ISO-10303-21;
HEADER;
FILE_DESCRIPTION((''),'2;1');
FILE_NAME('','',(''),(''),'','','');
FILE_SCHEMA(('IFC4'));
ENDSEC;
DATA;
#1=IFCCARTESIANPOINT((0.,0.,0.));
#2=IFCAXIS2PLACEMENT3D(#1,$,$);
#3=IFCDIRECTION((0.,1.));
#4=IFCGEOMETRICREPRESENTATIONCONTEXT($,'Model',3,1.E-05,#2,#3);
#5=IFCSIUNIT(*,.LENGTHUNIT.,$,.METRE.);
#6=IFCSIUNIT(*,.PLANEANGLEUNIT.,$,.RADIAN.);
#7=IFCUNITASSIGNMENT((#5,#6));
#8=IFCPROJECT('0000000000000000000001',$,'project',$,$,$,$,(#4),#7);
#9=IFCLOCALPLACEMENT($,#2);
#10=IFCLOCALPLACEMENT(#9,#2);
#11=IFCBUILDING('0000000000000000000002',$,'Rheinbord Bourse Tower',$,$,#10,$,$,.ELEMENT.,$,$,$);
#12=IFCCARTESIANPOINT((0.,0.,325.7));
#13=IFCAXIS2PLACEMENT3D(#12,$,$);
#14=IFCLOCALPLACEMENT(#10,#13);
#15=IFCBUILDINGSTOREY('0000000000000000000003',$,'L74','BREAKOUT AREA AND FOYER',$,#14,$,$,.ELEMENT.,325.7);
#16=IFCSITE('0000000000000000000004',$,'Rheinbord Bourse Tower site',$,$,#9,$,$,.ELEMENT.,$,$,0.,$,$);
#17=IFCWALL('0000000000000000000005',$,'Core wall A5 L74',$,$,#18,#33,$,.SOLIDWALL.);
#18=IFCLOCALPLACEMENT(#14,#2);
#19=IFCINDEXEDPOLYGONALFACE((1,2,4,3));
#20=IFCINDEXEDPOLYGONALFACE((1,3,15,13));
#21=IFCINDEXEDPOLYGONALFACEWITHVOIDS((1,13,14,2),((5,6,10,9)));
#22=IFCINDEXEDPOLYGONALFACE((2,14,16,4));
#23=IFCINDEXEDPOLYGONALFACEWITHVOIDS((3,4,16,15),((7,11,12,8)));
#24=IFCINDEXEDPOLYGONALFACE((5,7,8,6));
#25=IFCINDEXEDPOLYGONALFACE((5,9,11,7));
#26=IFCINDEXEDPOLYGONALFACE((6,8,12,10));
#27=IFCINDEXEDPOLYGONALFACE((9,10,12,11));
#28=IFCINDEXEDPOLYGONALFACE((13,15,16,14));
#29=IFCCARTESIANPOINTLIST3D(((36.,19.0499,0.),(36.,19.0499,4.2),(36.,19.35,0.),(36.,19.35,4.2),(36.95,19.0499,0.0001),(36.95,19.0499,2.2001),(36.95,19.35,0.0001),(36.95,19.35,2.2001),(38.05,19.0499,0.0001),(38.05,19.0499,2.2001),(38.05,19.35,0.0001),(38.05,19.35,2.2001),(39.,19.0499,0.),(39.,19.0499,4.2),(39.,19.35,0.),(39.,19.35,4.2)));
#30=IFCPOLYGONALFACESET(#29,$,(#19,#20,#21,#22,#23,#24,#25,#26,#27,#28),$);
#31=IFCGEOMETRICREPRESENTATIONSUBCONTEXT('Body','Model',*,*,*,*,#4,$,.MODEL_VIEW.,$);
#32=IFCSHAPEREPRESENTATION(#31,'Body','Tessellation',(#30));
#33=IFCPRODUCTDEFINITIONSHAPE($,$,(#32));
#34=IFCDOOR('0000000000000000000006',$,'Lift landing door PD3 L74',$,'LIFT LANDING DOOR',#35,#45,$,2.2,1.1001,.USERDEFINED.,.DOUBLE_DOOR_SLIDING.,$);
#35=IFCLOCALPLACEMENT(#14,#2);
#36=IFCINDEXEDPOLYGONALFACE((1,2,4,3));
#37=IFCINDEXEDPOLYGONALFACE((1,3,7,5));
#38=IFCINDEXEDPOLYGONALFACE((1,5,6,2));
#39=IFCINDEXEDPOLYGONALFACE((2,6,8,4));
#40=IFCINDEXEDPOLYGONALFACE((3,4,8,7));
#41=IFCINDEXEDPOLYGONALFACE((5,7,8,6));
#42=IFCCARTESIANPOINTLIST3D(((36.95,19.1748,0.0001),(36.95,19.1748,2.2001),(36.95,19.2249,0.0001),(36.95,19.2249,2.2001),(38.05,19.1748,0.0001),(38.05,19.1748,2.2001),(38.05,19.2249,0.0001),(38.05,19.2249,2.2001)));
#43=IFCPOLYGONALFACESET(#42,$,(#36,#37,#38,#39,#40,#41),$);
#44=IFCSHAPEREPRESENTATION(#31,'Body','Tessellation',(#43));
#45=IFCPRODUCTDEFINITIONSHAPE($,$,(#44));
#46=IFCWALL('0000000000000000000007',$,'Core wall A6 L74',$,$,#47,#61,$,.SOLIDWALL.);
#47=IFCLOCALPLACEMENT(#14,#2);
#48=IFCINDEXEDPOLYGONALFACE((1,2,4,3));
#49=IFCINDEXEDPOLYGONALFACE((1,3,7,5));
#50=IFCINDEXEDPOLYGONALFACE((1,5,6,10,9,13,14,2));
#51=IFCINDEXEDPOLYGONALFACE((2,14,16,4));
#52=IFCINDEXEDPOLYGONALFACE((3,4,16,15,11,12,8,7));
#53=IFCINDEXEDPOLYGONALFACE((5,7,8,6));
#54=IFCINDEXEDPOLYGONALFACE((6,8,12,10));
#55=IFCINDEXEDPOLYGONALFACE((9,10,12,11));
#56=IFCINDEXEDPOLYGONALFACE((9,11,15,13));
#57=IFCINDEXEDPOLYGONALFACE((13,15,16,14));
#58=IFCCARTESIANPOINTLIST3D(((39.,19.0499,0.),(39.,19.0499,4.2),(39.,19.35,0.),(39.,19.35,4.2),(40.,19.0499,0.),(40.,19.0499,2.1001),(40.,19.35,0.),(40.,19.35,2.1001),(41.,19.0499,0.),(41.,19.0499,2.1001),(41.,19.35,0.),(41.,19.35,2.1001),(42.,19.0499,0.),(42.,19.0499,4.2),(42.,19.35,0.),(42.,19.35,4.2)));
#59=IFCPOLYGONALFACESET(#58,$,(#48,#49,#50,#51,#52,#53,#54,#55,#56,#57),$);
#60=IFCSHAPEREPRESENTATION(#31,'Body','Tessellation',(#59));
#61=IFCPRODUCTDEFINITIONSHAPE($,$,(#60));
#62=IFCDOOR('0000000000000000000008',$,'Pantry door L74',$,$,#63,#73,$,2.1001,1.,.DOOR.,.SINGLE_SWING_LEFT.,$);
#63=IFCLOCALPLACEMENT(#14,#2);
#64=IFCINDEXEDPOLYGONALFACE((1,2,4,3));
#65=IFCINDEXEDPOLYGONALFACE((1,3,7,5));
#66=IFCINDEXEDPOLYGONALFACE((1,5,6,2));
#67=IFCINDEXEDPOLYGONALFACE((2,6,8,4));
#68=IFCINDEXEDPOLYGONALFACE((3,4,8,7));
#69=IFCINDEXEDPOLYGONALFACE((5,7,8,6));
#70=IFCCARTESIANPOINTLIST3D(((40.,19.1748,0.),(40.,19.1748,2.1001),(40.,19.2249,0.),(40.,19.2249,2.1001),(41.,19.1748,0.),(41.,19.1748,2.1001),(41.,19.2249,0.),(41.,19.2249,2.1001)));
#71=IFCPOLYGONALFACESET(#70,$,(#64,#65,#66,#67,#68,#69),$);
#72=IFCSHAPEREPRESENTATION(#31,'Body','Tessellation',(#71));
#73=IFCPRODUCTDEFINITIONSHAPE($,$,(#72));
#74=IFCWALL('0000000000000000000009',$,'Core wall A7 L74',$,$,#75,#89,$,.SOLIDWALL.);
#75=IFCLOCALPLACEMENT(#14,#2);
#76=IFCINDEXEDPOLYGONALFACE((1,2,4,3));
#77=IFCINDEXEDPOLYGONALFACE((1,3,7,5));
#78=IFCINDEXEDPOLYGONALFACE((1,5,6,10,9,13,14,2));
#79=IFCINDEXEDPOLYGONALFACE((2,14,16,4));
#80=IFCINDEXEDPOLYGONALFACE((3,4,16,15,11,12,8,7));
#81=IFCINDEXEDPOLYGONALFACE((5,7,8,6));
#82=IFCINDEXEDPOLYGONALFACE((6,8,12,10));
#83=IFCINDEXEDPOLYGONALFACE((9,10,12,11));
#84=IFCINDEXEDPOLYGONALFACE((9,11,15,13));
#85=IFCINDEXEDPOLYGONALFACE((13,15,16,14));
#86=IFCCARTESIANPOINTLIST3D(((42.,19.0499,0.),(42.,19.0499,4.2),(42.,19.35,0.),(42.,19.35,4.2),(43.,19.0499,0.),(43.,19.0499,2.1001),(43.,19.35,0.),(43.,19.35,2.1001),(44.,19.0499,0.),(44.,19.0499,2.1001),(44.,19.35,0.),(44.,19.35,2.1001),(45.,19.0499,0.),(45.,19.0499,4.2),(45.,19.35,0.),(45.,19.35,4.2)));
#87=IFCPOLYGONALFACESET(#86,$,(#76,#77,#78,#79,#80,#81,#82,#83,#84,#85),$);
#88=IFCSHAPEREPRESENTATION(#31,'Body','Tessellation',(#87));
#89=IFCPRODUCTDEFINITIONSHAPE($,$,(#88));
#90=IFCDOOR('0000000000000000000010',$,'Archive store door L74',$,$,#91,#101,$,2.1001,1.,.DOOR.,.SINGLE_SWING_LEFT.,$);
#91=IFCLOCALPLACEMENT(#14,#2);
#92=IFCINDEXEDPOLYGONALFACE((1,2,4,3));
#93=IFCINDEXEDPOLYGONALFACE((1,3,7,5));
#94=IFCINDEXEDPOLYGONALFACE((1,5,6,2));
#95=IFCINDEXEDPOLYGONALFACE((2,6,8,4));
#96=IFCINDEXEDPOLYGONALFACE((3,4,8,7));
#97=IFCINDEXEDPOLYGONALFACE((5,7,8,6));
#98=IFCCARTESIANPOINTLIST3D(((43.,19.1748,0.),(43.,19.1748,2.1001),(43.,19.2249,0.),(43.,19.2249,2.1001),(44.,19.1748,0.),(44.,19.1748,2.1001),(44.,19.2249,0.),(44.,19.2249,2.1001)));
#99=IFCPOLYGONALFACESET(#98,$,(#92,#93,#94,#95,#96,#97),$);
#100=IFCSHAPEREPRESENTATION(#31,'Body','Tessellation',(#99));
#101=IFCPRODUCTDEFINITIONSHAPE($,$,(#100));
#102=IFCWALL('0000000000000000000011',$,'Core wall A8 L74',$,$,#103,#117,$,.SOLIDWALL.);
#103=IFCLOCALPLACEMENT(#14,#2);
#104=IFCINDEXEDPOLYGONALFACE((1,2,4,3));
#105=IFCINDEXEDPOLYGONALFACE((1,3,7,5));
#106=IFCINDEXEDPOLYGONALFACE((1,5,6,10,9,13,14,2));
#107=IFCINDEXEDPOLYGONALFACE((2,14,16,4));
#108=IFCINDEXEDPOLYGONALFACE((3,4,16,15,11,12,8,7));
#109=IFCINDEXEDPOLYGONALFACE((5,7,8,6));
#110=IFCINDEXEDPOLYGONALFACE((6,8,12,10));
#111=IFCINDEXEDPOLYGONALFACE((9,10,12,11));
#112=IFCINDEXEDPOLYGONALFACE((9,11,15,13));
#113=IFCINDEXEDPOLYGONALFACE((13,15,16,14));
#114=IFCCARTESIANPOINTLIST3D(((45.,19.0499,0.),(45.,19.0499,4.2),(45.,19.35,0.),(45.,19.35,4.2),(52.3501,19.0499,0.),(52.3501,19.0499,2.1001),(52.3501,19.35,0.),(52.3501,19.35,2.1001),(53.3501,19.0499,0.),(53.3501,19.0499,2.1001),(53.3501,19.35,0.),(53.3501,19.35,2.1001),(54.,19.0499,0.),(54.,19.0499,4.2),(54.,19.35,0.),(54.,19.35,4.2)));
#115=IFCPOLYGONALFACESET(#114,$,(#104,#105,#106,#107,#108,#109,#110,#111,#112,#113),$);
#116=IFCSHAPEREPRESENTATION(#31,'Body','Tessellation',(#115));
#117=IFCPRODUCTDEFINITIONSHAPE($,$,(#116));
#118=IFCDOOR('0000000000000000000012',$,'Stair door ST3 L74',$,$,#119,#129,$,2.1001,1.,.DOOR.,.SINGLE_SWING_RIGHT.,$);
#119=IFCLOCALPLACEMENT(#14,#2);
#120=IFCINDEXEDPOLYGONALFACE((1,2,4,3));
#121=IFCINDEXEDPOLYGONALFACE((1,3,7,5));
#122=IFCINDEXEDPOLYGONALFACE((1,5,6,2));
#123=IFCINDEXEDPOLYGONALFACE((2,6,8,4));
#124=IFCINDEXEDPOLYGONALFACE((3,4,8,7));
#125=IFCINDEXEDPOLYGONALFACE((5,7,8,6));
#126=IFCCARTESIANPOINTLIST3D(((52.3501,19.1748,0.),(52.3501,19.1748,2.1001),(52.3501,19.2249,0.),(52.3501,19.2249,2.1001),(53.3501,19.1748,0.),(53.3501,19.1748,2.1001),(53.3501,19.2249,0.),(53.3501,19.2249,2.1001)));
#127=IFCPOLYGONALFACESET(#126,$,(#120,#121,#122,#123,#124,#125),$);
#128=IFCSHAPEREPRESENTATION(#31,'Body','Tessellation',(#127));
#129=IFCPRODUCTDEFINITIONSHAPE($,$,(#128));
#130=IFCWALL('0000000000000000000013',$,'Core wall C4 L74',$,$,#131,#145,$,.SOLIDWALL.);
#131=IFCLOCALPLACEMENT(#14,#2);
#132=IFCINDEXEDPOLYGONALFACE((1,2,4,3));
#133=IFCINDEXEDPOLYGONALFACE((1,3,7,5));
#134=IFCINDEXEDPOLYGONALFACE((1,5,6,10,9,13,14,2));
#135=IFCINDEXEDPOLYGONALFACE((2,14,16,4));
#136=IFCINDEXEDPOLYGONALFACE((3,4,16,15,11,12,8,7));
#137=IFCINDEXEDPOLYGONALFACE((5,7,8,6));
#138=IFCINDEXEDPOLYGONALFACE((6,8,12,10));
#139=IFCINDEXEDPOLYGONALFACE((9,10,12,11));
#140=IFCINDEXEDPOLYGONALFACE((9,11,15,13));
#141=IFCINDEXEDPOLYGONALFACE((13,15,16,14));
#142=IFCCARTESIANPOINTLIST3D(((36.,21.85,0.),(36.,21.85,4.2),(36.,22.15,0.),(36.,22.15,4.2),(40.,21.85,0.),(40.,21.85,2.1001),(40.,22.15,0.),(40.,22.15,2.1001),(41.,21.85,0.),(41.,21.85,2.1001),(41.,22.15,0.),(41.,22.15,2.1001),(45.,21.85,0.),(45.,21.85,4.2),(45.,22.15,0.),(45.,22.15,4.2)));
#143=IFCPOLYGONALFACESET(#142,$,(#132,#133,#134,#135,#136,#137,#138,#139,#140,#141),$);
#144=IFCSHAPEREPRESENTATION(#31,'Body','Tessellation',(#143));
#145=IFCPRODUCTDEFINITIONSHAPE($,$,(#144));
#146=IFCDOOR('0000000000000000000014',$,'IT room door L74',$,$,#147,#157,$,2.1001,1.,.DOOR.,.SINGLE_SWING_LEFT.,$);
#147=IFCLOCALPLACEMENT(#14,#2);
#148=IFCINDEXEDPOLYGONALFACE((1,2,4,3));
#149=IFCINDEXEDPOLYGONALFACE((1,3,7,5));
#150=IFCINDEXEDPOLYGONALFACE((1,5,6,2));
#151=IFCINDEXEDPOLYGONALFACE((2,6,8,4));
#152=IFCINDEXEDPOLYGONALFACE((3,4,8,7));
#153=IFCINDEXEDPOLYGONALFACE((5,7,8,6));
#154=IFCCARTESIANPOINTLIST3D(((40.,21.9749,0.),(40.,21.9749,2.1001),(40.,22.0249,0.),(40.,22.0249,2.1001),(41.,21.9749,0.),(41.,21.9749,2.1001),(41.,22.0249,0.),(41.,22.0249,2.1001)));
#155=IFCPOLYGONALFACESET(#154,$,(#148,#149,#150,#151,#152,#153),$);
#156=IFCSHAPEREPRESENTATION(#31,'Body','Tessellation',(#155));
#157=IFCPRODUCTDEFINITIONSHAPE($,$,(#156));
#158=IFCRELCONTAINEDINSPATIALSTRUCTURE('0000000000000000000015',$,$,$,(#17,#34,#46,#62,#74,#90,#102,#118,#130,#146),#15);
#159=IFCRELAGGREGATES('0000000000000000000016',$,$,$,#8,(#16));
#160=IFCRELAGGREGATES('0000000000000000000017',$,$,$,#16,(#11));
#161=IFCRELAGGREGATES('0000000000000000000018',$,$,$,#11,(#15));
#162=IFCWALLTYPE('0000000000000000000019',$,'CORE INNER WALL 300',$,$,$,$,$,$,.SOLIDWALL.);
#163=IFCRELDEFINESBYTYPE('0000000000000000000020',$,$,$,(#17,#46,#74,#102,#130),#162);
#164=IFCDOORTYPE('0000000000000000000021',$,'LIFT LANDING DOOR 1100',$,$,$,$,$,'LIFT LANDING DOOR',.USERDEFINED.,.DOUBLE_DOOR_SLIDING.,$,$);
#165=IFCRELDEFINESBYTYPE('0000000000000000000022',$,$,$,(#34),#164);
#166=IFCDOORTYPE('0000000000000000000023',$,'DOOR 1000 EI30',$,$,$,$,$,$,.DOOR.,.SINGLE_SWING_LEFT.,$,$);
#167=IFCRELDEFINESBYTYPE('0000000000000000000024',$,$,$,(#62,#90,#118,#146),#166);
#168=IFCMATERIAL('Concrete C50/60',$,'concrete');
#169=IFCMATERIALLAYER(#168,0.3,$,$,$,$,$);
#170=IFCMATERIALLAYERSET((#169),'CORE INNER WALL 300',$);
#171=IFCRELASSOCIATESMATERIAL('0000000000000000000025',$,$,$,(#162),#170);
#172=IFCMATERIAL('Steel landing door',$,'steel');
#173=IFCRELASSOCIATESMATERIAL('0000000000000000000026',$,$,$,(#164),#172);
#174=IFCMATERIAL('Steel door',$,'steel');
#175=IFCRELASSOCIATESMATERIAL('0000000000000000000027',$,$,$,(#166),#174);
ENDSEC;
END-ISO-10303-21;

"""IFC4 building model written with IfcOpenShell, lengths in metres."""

from ifc_helpers import new_model, si_unit, direction, frame, frame_2d, origin, place, context, subcontext, project, spatial, rectangle, extrude, material, layer, layer_set, type_object, element, fill, save


model = new_model("IFC4")

# Units and contexts
model_context = context("Model", 3, precision=1e-05, world=origin(), true_north=direction((0.0, 1.0)))
body_context = subcontext(model_context, "Body", "Model", "MODEL_VIEW")
ifc_project = project(units=[si_unit("LENGTHUNIT", "METRE"), si_unit("PLANEANGLEUNIT", "RADIAN")], contexts=[model_context])

# Site, building, storey
site_placement = place(None, origin())
site = spatial("IfcSite", under=ifc_project, at=site_placement, Name="Rheinbord Bourse Tower site", CompositionType="ELEMENT", RefElevation=0.0)
building_placement = place(site_placement, origin())
building = spatial("IfcBuilding", under=site, at=building_placement, Name="Rheinbord Bourse Tower", CompositionType="ELEMENT")
storey_placement = place(building_placement, frame((0.0, 0.0, 325.7)))
storey = spatial("IfcBuildingStorey", under=building, at=storey_placement, Name="L74", Description="BREAKOUT AREA AND FOYER", CompositionType="ELEMENT", Elevation=325.7)

# Walls, openings, doors
ifc_material_1 = material(Name="Concrete C50/60", Category="concrete")
ifc_layer_1 = layer(ifc_material_1, 0.3)
ifc_layer_set_1 = layer_set([ifc_layer_1], Name="CORE INNER WALL 300")
wall_type_1 = type_object("IfcWallType", Name="CORE INNER WALL 300", PredefinedType="SOLIDWALL", material=ifc_layer_set_1)
wall_1_placement = place(storey_placement, frame((36.0, 19.2, 0.0), z_axis=(0.0, 0.0, 1.0), x_axis=(1.0, 0.0, 0.0)))
wall_1 = element("IfcWall", 1, at=wall_1_placement, inside=storey, type_object=wall_type_1, Name="Core wall A5 L74", PredefinedType="SOLIDWALL", context=body_context, shape_type="SweptSolid", body=[
    extrude(rectangle(XDim=3.0, YDim=0.3, at=frame_2d((1.5, 0.0))), origin(), (0.0, 0.0, 1.0), 4.2),
])
opening_1_placement = place(wall_1_placement, frame((0.95, 0.0, 0.0)))
opening_1 = element("IfcOpeningElement", 2, at=opening_1_placement, cuts=wall_1, PredefinedType="OPENING", context=body_context, shape_type="SweptSolid", body=[
    extrude(rectangle(XDim=1.1001, YDim=2.2, at=frame_2d((0.55, 1.1001))), frame((0.0, 0.1599, 0.0), z_axis=(0.0, -1.0, 0.0), x_axis=(1.0, 0.0, 0.0)), (0.0, 0.0, 1.0), 0.3201),
])
ifc_material_2 = material(Name="Steel landing door", Category="steel")
door_type_1 = type_object("IfcDoorType", Name="LIFT LANDING DOOR 1100", ElementType="LIFT LANDING DOOR", OperationType="DOUBLE_DOOR_SLIDING", PredefinedType="USERDEFINED", material=ifc_material_2)
door_1_placement = place(opening_1_placement, origin())
door_1 = element("IfcDoor", 3, at=door_1_placement, inside=storey, type_object=door_type_1, Name="Lift landing door PD3 L74", ObjectType="LIFT LANDING DOOR", OperationType="DOUBLE_DOOR_SLIDING", OverallHeight=2.2, OverallWidth=1.1001, PredefinedType="USERDEFINED", context=body_context, shape_type="SweptSolid", body=[
    extrude(rectangle(XDim=1.1001, YDim=2.2, at=frame_2d((0.55, 1.1001))), frame((0.0, 0.0249, 0.0), z_axis=(0.0, -1.0, 0.0), x_axis=(1.0, 0.0, 0.0)), (0.0, 0.0, 1.0), 0.05),
])
fill(opening_1, door_1)
wall_2_placement = place(storey_placement, frame((39.0, 19.2, 0.0), z_axis=(0.0, 0.0, 1.0), x_axis=(1.0, 0.0, 0.0)))
wall_2 = element("IfcWall", 4, at=wall_2_placement, inside=storey, type_object=wall_type_1, Name="Core wall A6 L74", PredefinedType="SOLIDWALL", context=body_context, shape_type="SweptSolid", body=[
    extrude(rectangle(XDim=3.0, YDim=0.3, at=frame_2d((1.5, 0.0))), origin(), (0.0, 0.0, 1.0), 4.2),
])
opening_2_placement = place(wall_2_placement, frame((1.0, 0.0, 0.0)))
opening_2 = element("IfcOpeningElement", 5, at=opening_2_placement, cuts=wall_2, PredefinedType="OPENING", context=body_context, shape_type="SweptSolid", body=[
    extrude(rectangle(XDim=1.0, YDim=2.1001, at=frame_2d((0.5, 1.05))), frame((0.0, 0.1599, 0.0), z_axis=(0.0, -1.0, 0.0), x_axis=(1.0, 0.0, 0.0)), (0.0, 0.0, 1.0), 0.3201),
])
ifc_material_3 = material(Name="Steel door", Category="steel")
door_type_2 = type_object("IfcDoorType", Name="DOOR 1000 EI30", OperationType="SINGLE_SWING_LEFT", PredefinedType="DOOR", material=ifc_material_3)
door_2_placement = place(opening_2_placement, origin())
door_2 = element("IfcDoor", 6, at=door_2_placement, inside=storey, type_object=door_type_2, Name="Pantry door L74", OperationType="SINGLE_SWING_LEFT", OverallHeight=2.1001, OverallWidth=1.0, PredefinedType="DOOR", context=body_context, shape_type="SweptSolid", body=[
    extrude(rectangle(XDim=1.0, YDim=2.1001, at=frame_2d((0.5, 1.05))), frame((0.0, 0.0249, 0.0), z_axis=(0.0, -1.0, 0.0), x_axis=(1.0, 0.0, 0.0)), (0.0, 0.0, 1.0), 0.05),
])
fill(opening_2, door_2)
wall_3_placement = place(storey_placement, frame((42.0, 19.2, 0.0), z_axis=(0.0, 0.0, 1.0), x_axis=(1.0, 0.0, 0.0)))
wall_3 = element("IfcWall", 7, at=wall_3_placement, inside=storey, type_object=wall_type_1, Name="Core wall A7 L74", PredefinedType="SOLIDWALL", context=body_context, shape_type="SweptSolid", body=[
    extrude(rectangle(XDim=3.0, YDim=0.3, at=frame_2d((1.5, 0.0))), origin(), (0.0, 0.0, 1.0), 4.2),
])
opening_3_placement = place(wall_3_placement, frame((1.0, 0.0, 0.0)))
opening_3 = element("IfcOpeningElement", 8, at=opening_3_placement, cuts=wall_3, PredefinedType="OPENING", context=body_context, shape_type="SweptSolid", body=[
    extrude(rectangle(XDim=1.0, YDim=2.1001, at=frame_2d((0.5, 1.05))), frame((0.0, 0.1599, 0.0), z_axis=(0.0, -1.0, 0.0), x_axis=(1.0, 0.0, 0.0)), (0.0, 0.0, 1.0), 0.3201),
])
door_3_placement = place(opening_3_placement, origin())
door_3 = element("IfcDoor", 9, at=door_3_placement, inside=storey, type_object=door_type_2, Name="Archive store door L74", OperationType="SINGLE_SWING_LEFT", OverallHeight=2.1001, OverallWidth=1.0, PredefinedType="DOOR", context=body_context, shape_type="SweptSolid", body=[
    extrude(rectangle(XDim=1.0, YDim=2.1001, at=frame_2d((0.5, 1.05))), frame((0.0, 0.0249, 0.0), z_axis=(0.0, -1.0, 0.0), x_axis=(1.0, 0.0, 0.0)), (0.0, 0.0, 1.0), 0.05),
])
fill(opening_3, door_3)
wall_4_placement = place(storey_placement, frame((45.0, 19.2, 0.0), z_axis=(0.0, 0.0, 1.0), x_axis=(1.0, 0.0, 0.0)))
wall_4 = element("IfcWall", 10, at=wall_4_placement, inside=storey, type_object=wall_type_1, Name="Core wall A8 L74", PredefinedType="SOLIDWALL", context=body_context, shape_type="SweptSolid", body=[
    extrude(rectangle(XDim=9.0, YDim=0.3, at=frame_2d((4.5, 0.0))), origin(), (0.0, 0.0, 1.0), 4.2),
])
opening_4_placement = place(wall_4_placement, frame((7.3501, 0.0, 0.0)))
opening_4 = element("IfcOpeningElement", 11, at=opening_4_placement, cuts=wall_4, PredefinedType="OPENING", context=body_context, shape_type="SweptSolid", body=[
    extrude(rectangle(XDim=1.0, YDim=2.1001, at=frame_2d((0.5, 1.05))), frame((0.0, 0.1599, 0.0), z_axis=(0.0, -1.0, 0.0), x_axis=(1.0, 0.0, 0.0)), (0.0, 0.0, 1.0), 0.3201),
])
door_4_placement = place(opening_4_placement, origin())
door_4 = element("IfcDoor", 12, at=door_4_placement, inside=storey, type_object=door_type_2, Name="Stair door ST3 L74", OperationType="SINGLE_SWING_RIGHT", OverallHeight=2.1001, OverallWidth=1.0, PredefinedType="DOOR", context=body_context, shape_type="SweptSolid", body=[
    extrude(rectangle(XDim=1.0, YDim=2.1001, at=frame_2d((0.5, 1.05))), frame((0.0, 0.0249, 0.0), z_axis=(0.0, -1.0, 0.0), x_axis=(1.0, 0.0, 0.0)), (0.0, 0.0, 1.0), 0.05),
])
fill(opening_4, door_4)
wall_5_placement = place(storey_placement, frame((36.0, 22.0, 0.0), z_axis=(0.0, 0.0, 1.0), x_axis=(1.0, 0.0, 0.0)))
wall_5 = element("IfcWall", 13, at=wall_5_placement, inside=storey, type_object=wall_type_1, Name="Core wall C4 L74", PredefinedType="SOLIDWALL", context=body_context, shape_type="SweptSolid", body=[
    extrude(rectangle(XDim=9.0, YDim=0.3, at=frame_2d((4.5, 0.0))), origin(), (0.0, 0.0, 1.0), 4.2),
])
opening_5_placement = place(wall_5_placement, frame((4.0, 0.0, 0.0)))
opening_5 = element("IfcOpeningElement", 14, at=opening_5_placement, cuts=wall_5, PredefinedType="OPENING", context=body_context, shape_type="SweptSolid", body=[
    extrude(rectangle(XDim=1.0, YDim=2.1001, at=frame_2d((0.5, 1.05))), frame((0.0, 0.1599, 0.0), z_axis=(0.0, -1.0, 0.0), x_axis=(1.0, 0.0, 0.0)), (0.0, 0.0, 1.0), 0.3201),
])
door_5_placement = place(opening_5_placement, origin())
door_5 = element("IfcDoor", 15, at=door_5_placement, inside=storey, type_object=door_type_2, Name="IT room door L74", OperationType="SINGLE_SWING_LEFT", OverallHeight=2.1001, OverallWidth=1.0, PredefinedType="DOOR", context=body_context, shape_type="SweptSolid", body=[
    extrude(rectangle(XDim=1.0, YDim=2.1001, at=frame_2d((0.5, 1.05))), frame((0.0, 0.0249, 0.0), z_axis=(0.0, -1.0, 0.0), x_axis=(1.0, 0.0, 0.0)), (0.0, 0.0, 1.0), 0.05),
])
fill(opening_5, door_5)

save(model, "model.ifc")
